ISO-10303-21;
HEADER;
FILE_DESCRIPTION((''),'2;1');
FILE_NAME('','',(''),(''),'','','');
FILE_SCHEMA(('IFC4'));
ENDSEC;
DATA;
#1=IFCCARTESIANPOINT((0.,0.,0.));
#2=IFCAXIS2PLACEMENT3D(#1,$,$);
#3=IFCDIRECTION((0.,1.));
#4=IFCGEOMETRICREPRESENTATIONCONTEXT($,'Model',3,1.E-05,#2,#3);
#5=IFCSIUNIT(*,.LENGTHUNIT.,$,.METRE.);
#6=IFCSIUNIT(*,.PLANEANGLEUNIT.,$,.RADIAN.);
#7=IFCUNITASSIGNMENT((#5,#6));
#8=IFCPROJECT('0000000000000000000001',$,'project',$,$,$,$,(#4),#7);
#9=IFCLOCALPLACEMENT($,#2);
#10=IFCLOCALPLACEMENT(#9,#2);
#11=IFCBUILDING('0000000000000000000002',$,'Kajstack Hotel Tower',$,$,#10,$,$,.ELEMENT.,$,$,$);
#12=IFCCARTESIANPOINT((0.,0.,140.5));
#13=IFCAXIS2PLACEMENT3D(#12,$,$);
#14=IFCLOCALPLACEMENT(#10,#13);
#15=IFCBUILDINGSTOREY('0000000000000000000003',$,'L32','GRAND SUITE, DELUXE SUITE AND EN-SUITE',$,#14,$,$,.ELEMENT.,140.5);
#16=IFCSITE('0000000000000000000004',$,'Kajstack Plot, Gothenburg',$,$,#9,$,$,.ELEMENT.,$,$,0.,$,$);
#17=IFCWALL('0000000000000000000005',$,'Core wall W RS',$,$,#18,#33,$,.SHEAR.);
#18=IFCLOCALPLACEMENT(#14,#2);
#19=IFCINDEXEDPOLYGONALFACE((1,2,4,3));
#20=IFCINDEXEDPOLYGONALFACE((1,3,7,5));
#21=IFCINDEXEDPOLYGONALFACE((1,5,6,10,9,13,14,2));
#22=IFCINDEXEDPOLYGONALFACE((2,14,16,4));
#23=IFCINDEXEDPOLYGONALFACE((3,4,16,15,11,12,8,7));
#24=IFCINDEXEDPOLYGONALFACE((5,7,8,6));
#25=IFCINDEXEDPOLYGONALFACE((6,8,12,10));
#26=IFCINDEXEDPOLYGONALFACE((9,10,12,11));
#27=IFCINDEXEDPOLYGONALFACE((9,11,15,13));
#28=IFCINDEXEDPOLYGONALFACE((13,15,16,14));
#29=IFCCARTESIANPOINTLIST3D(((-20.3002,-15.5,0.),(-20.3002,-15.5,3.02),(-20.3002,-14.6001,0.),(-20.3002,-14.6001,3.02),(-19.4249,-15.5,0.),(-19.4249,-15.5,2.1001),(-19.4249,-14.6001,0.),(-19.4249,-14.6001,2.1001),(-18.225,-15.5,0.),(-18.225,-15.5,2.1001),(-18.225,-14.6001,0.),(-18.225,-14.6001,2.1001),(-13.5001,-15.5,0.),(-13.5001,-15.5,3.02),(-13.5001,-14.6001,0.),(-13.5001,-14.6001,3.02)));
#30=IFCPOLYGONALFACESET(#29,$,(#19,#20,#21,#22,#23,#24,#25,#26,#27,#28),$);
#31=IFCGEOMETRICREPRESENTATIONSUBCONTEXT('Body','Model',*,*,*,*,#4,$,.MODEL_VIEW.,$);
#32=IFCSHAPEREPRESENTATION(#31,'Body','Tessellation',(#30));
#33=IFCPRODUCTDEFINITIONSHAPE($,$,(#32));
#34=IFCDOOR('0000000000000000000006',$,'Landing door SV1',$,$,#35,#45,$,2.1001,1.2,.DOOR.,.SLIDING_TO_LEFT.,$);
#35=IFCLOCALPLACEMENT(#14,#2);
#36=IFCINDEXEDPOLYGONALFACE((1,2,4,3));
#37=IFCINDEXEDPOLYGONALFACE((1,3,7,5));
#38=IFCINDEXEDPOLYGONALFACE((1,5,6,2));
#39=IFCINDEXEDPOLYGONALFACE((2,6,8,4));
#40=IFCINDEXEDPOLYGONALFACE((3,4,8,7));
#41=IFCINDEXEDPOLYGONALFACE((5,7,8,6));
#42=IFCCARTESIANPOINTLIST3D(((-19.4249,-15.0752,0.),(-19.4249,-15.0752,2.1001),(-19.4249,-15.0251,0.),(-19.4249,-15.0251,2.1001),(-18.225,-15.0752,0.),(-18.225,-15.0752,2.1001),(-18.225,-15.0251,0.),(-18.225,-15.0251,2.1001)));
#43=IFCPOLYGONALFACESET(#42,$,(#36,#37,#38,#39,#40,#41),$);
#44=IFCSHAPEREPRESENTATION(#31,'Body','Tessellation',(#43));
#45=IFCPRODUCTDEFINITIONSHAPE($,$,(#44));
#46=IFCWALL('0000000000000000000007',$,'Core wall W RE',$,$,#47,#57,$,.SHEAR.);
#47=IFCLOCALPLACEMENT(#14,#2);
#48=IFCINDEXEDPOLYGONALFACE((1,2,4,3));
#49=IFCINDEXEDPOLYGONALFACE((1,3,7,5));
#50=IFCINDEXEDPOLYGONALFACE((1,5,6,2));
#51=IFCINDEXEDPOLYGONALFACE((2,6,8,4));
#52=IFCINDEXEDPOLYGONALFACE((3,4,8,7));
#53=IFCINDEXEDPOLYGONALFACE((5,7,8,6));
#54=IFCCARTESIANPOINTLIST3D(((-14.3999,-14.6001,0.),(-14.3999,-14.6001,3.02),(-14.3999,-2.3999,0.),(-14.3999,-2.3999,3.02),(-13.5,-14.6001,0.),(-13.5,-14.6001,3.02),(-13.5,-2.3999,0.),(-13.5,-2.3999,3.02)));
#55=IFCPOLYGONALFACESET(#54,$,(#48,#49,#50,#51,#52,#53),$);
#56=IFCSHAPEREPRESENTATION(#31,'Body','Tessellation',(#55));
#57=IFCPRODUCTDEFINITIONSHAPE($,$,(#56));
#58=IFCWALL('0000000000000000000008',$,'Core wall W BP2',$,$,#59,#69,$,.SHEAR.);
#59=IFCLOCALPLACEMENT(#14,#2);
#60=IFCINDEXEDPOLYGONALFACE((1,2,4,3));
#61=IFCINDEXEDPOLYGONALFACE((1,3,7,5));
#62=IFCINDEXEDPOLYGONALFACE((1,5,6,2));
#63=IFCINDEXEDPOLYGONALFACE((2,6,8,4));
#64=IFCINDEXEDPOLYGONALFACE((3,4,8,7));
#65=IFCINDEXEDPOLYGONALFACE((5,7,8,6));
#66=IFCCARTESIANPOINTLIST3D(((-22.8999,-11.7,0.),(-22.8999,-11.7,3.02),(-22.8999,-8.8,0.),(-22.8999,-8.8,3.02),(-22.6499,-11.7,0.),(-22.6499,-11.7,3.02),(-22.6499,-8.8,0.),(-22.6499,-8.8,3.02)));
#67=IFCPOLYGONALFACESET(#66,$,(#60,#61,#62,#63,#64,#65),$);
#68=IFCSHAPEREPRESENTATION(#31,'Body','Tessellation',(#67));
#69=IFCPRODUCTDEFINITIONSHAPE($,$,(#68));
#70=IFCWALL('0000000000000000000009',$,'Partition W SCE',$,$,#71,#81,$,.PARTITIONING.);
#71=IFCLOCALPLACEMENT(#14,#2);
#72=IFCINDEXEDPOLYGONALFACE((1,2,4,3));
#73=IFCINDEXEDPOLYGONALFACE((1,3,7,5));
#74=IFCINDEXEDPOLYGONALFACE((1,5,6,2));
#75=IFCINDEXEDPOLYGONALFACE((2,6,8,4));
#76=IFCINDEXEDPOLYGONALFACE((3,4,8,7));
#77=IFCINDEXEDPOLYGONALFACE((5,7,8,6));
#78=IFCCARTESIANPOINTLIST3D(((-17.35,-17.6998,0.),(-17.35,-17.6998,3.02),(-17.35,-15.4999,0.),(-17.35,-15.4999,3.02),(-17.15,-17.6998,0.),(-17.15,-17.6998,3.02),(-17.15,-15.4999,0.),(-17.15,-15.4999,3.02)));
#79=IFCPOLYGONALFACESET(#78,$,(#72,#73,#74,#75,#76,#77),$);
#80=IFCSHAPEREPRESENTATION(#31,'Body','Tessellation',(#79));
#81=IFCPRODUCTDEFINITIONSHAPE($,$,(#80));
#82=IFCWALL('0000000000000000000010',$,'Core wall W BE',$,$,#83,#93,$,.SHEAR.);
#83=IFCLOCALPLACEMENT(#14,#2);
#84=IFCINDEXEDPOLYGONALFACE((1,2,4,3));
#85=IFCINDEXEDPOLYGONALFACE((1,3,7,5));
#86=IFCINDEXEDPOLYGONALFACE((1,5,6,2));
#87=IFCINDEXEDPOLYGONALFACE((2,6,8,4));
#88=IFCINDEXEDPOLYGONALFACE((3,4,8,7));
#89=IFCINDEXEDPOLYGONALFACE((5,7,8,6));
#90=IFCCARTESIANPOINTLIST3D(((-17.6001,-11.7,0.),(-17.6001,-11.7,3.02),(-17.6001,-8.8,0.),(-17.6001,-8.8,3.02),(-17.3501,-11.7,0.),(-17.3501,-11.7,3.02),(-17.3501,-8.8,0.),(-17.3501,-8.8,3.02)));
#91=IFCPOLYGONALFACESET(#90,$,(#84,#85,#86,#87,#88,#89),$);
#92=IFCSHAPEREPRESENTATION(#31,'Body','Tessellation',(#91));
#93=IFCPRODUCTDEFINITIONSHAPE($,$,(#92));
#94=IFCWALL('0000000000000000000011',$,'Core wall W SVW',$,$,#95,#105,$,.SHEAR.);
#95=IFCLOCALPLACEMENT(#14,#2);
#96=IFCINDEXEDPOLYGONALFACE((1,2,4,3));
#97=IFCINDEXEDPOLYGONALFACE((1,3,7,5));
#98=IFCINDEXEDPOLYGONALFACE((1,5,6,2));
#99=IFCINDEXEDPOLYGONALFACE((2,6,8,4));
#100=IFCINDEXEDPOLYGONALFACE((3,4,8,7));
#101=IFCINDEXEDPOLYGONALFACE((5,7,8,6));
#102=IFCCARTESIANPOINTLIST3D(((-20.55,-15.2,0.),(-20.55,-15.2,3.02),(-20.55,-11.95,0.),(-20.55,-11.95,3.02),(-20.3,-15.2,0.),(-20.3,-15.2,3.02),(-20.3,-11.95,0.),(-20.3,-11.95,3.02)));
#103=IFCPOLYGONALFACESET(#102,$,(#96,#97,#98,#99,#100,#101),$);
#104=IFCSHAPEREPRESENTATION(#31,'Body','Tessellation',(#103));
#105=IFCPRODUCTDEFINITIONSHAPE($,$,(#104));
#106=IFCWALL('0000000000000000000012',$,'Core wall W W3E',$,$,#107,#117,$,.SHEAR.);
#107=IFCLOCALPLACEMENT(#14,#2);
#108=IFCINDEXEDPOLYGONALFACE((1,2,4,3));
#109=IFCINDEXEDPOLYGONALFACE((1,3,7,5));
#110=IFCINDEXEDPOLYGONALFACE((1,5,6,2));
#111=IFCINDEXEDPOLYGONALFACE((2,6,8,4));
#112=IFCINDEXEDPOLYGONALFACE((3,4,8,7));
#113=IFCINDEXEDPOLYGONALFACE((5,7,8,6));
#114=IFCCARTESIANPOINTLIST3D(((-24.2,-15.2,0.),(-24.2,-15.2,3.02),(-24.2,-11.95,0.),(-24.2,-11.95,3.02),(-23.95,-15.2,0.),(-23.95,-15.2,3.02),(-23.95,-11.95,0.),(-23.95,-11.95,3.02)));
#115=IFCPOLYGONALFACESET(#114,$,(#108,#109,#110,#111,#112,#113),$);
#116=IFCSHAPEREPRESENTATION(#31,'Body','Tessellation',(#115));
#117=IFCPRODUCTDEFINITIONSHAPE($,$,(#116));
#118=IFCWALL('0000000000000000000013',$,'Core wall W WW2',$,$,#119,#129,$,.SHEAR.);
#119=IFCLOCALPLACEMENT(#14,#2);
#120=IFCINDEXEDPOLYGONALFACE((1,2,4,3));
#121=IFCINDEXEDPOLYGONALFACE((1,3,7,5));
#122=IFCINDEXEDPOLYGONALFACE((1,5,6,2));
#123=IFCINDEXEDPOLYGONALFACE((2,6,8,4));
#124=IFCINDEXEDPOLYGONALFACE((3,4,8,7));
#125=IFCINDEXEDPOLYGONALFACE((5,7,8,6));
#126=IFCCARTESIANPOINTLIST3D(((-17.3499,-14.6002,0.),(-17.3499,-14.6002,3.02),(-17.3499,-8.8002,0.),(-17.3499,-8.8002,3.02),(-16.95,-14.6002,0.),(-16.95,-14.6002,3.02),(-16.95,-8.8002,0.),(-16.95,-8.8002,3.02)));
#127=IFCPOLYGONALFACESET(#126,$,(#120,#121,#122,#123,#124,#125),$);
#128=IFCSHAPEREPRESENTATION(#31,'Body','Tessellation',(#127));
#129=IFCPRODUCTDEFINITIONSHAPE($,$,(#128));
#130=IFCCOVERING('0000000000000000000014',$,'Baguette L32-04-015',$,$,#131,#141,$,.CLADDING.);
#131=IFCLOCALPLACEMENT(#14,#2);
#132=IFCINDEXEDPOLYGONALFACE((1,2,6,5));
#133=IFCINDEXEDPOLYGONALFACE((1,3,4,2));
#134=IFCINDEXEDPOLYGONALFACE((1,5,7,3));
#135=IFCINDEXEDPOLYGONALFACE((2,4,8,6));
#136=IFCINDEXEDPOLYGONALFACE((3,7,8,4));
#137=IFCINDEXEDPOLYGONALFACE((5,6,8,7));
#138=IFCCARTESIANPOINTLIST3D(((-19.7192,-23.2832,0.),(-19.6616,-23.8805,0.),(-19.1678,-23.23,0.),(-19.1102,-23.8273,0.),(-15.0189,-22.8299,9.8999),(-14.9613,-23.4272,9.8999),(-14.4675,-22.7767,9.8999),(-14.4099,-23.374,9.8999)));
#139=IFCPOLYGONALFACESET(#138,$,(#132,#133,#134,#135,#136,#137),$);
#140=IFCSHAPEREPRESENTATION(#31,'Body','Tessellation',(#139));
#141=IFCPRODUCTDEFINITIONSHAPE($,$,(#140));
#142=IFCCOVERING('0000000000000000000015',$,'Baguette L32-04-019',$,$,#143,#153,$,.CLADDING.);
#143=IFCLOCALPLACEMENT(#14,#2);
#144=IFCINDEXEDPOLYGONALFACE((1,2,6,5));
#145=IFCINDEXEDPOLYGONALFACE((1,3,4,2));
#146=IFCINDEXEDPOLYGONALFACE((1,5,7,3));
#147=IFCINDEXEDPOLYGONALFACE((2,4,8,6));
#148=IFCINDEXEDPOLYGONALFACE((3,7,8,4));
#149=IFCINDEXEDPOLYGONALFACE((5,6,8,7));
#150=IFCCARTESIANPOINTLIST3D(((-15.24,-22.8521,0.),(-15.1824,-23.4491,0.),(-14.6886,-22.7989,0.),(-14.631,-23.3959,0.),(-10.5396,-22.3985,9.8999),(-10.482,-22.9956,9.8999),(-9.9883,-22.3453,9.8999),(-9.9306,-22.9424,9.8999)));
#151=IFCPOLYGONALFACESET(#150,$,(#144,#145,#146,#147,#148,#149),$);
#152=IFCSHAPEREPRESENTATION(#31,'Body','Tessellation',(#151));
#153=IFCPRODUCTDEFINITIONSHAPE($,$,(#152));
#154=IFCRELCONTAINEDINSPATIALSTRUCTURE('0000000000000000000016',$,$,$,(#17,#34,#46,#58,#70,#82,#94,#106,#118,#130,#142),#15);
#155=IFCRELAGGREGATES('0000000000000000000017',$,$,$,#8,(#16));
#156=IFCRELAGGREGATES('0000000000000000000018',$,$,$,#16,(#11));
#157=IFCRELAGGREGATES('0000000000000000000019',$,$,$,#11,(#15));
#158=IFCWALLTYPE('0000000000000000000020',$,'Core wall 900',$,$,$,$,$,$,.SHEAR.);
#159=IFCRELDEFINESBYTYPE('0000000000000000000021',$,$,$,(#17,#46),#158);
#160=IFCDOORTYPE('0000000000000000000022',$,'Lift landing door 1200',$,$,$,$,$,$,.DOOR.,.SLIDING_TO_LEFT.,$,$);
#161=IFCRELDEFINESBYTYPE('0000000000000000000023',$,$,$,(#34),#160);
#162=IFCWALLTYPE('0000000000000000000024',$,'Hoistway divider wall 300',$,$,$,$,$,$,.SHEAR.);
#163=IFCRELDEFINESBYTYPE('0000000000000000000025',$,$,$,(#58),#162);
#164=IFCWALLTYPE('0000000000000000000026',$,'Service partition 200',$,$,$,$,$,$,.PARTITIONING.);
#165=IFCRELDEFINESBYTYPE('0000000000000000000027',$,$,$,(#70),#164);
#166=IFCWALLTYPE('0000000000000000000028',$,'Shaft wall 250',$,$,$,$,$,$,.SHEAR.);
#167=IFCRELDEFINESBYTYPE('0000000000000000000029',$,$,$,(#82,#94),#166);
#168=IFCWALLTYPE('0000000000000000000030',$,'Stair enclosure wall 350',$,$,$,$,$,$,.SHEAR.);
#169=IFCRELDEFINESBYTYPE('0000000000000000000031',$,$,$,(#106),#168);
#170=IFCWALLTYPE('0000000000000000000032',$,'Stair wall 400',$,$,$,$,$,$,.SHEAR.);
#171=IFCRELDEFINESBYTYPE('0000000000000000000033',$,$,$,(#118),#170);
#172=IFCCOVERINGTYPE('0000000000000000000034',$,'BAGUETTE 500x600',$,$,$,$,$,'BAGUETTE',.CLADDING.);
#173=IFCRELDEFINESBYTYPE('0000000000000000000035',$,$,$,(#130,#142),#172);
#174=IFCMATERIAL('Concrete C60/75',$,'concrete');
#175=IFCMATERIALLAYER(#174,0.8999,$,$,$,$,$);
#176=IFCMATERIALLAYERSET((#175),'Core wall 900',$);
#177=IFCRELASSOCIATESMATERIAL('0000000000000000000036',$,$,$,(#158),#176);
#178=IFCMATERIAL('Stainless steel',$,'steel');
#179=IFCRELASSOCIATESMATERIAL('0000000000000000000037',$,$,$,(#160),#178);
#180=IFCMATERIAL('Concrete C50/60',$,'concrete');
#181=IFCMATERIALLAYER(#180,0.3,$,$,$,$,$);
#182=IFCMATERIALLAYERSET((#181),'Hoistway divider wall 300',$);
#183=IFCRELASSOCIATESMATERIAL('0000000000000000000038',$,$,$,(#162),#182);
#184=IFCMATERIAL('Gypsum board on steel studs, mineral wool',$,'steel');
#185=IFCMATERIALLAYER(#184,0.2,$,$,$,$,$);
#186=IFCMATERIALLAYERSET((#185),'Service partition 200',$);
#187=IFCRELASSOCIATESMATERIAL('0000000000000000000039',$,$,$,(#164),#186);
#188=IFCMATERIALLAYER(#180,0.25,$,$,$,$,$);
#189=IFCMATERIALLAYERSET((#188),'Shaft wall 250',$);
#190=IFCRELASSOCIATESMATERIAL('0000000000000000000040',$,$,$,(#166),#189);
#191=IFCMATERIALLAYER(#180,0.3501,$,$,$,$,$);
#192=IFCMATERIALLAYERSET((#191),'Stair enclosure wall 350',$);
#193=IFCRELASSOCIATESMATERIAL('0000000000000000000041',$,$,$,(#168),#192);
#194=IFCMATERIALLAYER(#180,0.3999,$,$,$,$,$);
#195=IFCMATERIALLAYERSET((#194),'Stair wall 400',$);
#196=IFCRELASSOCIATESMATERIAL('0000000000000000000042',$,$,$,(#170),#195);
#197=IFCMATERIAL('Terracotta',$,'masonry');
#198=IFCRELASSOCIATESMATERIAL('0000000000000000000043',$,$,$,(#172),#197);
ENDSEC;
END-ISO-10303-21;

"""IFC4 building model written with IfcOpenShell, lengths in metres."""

from ifc_helpers import new_model, si_unit, direction, frame, frame_2d, origin, origin_2d, place, context, subcontext, project, spatial, polyline, rectangle, outline, extrude, material, layer, layer_set, material_profile, profile_set, type_object, element, fill, save


model = new_model("IFC4")

# Units and contexts
model_context = context("Model", 3, precision=1e-05, world=origin(), true_north=direction((0.0, 1.0)))
body_context = subcontext(model_context, "Body", "Model", "MODEL_VIEW")
ifc_project = project(units=[si_unit("LENGTHUNIT", "METRE"), si_unit("PLANEANGLEUNIT", "RADIAN")], contexts=[model_context])

# Site, building, storey
site_placement = place(None, origin())
site = spatial("IfcSite", under=ifc_project, at=site_placement, Name="Kajstack Plot, Gothenburg", CompositionType="ELEMENT", RefElevation=0.0)
building_placement = place(site_placement, origin())
building = spatial("IfcBuilding", under=site, at=building_placement, Name="Kajstack Hotel Tower", CompositionType="ELEMENT")
storey_placement = place(building_placement, frame((0.0, 0.0, 140.5)))
storey = spatial("IfcBuildingStorey", under=building, at=storey_placement, Name="L32", Description="GRAND SUITE, DELUXE SUITE AND EN-SUITE", CompositionType="ELEMENT", Elevation=140.5)

# Wall, opening, door
ifc_material_1 = material(Name="Concrete C60/75", Category="concrete")
ifc_layer_1 = layer(ifc_material_1, 0.8999)
ifc_layer_set_1 = layer_set([ifc_layer_1], Name="Core wall 900")
wall_type_1 = type_object("IfcWallType", Name="Core wall 900", PredefinedType="SHEAR", material=ifc_layer_set_1)
wall_1_placement = place(storey_placement, frame((-20.3, -15.05, 0.0), z_axis=(0.0, 0.0, 1.0), x_axis=(1.0, 0.0, 0.0)))
wall_1 = element("IfcWall", 1, at=wall_1_placement, inside=storey, type_object=wall_type_1, Name="Core wall W RS", PredefinedType="SHEAR", context=body_context, shape_type="SweptSolid", body=[
    extrude(rectangle(XDim=6.8, YDim=0.8999, at=frame_2d((3.3999, 0.0))), origin(), (0.0, 0.0, 1.0), 3.02),
])
opening_placement = place(wall_1_placement, frame((0.875, 0.0, 0.0)))
opening = element("IfcOpeningElement", 2, at=opening_placement, cuts=wall_1, PredefinedType="OPENING", context=body_context, shape_type="SweptSolid", body=[
    extrude(rectangle(XDim=1.2, YDim=2.1001, at=frame_2d((0.6001, 1.05))), frame((0.0, 0.46, 0.0), z_axis=(0.0, -1.0, 0.0), x_axis=(1.0, 0.0, 0.0)), (0.0, 0.0, 1.0), 0.9199),
])
ifc_material_2 = material(Name="Stainless steel", Category="steel")
door_type = type_object("IfcDoorType", Name="Lift landing door 1200", OperationType="SLIDING_TO_LEFT", PredefinedType="DOOR", material=ifc_material_2)
door_placement = place(opening_placement, origin())
door = element("IfcDoor", 3, at=door_placement, inside=storey, type_object=door_type, Name="Landing door SV1", OperationType="SLIDING_TO_LEFT", OverallHeight=2.1001, OverallWidth=1.2, PredefinedType="DOOR", context=body_context, shape_type="SweptSolid", body=[
    extrude(rectangle(XDim=1.2, YDim=2.1001, at=frame_2d((0.6001, 1.05))), frame((0.0, 0.0249, 0.0), z_axis=(0.0, -1.0, 0.0), x_axis=(1.0, 0.0, 0.0)), (0.0, 0.0, 1.0), 0.05),
])
fill(opening, door)

# Walls
wall_2_placement = place(storey_placement, frame((-13.95, -14.6001, 0.0), z_axis=(0.0, 0.0, 1.0), x_axis=(0.0, 1.0, 0.0)))
element("IfcWall", 4, at=wall_2_placement, inside=storey, type_object=wall_type_1, Name="Core wall W RE", PredefinedType="SHEAR", context=body_context, shape_type="SweptSolid", body=[
    extrude(rectangle(XDim=12.2002, YDim=0.8999, at=frame_2d((6.1001, 0.0))), origin(), (0.0, 0.0, 1.0), 3.02),
])
ifc_material_3 = material(Name="Concrete C50/60", Category="concrete")
ifc_layer_2 = layer(ifc_material_3, 0.3)
ifc_layer_set_2 = layer_set([ifc_layer_2], Name="Hoistway divider wall 300")
wall_type_2 = type_object("IfcWallType", Name="Hoistway divider wall 300", PredefinedType="SHEAR", material=ifc_layer_set_2)
wall_3_placement = place(storey_placement, frame((-22.7749, -11.7, 0.0), z_axis=(0.0, 0.0, 1.0), x_axis=(0.0, 1.0, 0.0)))
element("IfcWall", 5, at=wall_3_placement, inside=storey, type_object=wall_type_2, Name="Core wall W BP2", PredefinedType="SHEAR", context=body_context, shape_type="SweptSolid", body=[
    extrude(rectangle(XDim=2.8999, YDim=0.25, at=frame_2d((1.45, 0.0))), origin(), (0.0, 0.0, 1.0), 3.02),
])
ifc_material_4 = material(Name="Gypsum board on steel studs, mineral wool", Category="steel")
ifc_layer_3 = layer(ifc_material_4, 0.2)
ifc_layer_set_3 = layer_set([ifc_layer_3], Name="Service partition 200")
wall_type_3 = type_object("IfcWallType", Name="Service partition 200", PredefinedType="PARTITIONING", material=ifc_layer_set_3)
wall_4_placement = place(storey_placement, frame((-17.25, -17.7, 0.0), z_axis=(0.0, 0.0, 1.0), x_axis=(0.0, 1.0, 0.0)))
element("IfcWall", 6, at=wall_4_placement, inside=storey, type_object=wall_type_3, Name="Partition W SCE", PredefinedType="PARTITIONING", context=body_context, shape_type="SweptSolid", body=[
    extrude(rectangle(XDim=2.2, YDim=0.2, at=frame_2d((1.1001, 0.0))), origin(), (0.0, 0.0, 1.0), 3.02),
])
ifc_layer_4 = layer(ifc_material_3, 0.25)
ifc_layer_set_4 = layer_set([ifc_layer_4], Name="Shaft wall 250")
wall_type_4 = type_object("IfcWallType", Name="Shaft wall 250", PredefinedType="SHEAR", material=ifc_layer_set_4)
wall_5_placement = place(storey_placement, frame((-17.4751, -11.7, 0.0), z_axis=(0.0, 0.0, 1.0), x_axis=(0.0, 1.0, 0.0)))
element("IfcWall", 7, at=wall_5_placement, inside=storey, type_object=wall_type_4, Name="Core wall W BE", PredefinedType="SHEAR", context=body_context, shape_type="SweptSolid", body=[
    extrude(rectangle(XDim=2.8999, YDim=0.25, at=frame_2d((1.45, 0.0))), origin(), (0.0, 0.0, 1.0), 3.02),
])
wall_6_placement = place(storey_placement, frame((-20.425, -15.2, 0.0), z_axis=(0.0, 0.0, 1.0), x_axis=(0.0, 1.0, 0.0)))
element("IfcWall", 8, at=wall_6_placement, inside=storey, type_object=wall_type_4, Name="Core wall W SVW", PredefinedType="SHEAR", context=body_context, shape_type="SweptSolid", body=[
    extrude(rectangle(XDim=3.25, YDim=0.25, at=frame_2d((1.625, 0.0))), origin(), (0.0, 0.0, 1.0), 3.02),
])
ifc_layer_5 = layer(ifc_material_3, 0.3501)
ifc_layer_set_5 = layer_set([ifc_layer_5], Name="Stair enclosure wall 350")
wall_type_5 = type_object("IfcWallType", Name="Stair enclosure wall 350", PredefinedType="SHEAR", material=ifc_layer_set_5)
wall_7_placement = place(storey_placement, frame((-24.075, -15.2, 0.0), z_axis=(0.0, 0.0, 1.0), x_axis=(0.0, 1.0, 0.0)))
element("IfcWall", 9, at=wall_7_placement, inside=storey, type_object=wall_type_5, Name="Core wall W W3E", PredefinedType="SHEAR", context=body_context, shape_type="SweptSolid", body=[
    extrude(rectangle(XDim=3.25, YDim=0.25, at=frame_2d((1.625, 0.0))), origin(), (0.0, 0.0, 1.0), 3.02),
])
ifc_layer_6 = layer(ifc_material_3, 0.3999)
ifc_layer_set_6 = layer_set([ifc_layer_6], Name="Stair wall 400")
wall_type_6 = type_object("IfcWallType", Name="Stair wall 400", PredefinedType="SHEAR", material=ifc_layer_set_6)
wall_8_placement = place(storey_placement, frame((-17.1499, -14.6001, 0.0), z_axis=(0.0, 0.0, 1.0), x_axis=(0.0, 1.0, 0.0)))
element("IfcWall", 10, at=wall_8_placement, inside=storey, type_object=wall_type_6, Name="Core wall W WW2", PredefinedType="SHEAR", context=body_context, shape_type="SweptSolid", body=[
    extrude(rectangle(XDim=5.8, YDim=0.3999, at=frame_2d((2.8999, 0.0))), origin(), (0.0, 0.0, 1.0), 3.02),
])

# Coverings
ifc_material_5 = material(Name="Terracotta", Category="masonry")
ifc_material_profile = material_profile(ifc_material_5, rectangle(XDim=0.6001, YDim=0.5, at=origin_2d()), Name="Terracotta-clad concrete baguette 500 x 600")
ifc_profile_set = profile_set([ifc_material_profile], Name="Terracotta")
covering_type = type_object("IfcCoveringType", Name="BAGUETTE 500x600", ElementType="BAGUETTE", PredefinedType="CLADDING", material=ifc_profile_set)
covering_1_placement = place(storey_placement, frame((-19.7192, -23.2832, 0.0), z_axis=(0.095999, -0.995381, 0.0), x_axis=(0.995381, 0.095999, 0.0)))
element("IfcCovering", 11, at=covering_1_placement, inside=storey, type_object=covering_type, Name="Baguette L32-04-015", PredefinedType="CLADDING", context=body_context, shape_type="SweptSolid", body=[
    extrude(outline(polyline([(4.7222, 9.8999), (0.0, 0.0), (0.554, 0.0), (5.2761, 9.8999), (4.7222, 9.8999)])), origin(), (0.0, 0.0, 1.0), 0.6001),
])
covering_2_placement = place(storey_placement, frame((-15.24, -22.8521, 0.0), z_axis=(0.096038, -0.995378, 0.0), x_axis=(0.995378, 0.096038, 0.0)))
element("IfcCovering", 12, at=covering_2_placement, inside=storey, type_object=covering_type, Name="Baguette L32-04-019", PredefinedType="CLADDING", context=body_context, shape_type="SweptSolid", body=[
    extrude(outline(polyline([(4.7222, 9.8999), (0.0, 0.0), (0.554, 0.0), (5.2761, 9.8999), (4.7222, 9.8999)])), origin(), (0.0, 0.0, 1.0), 0.5999),
])

save(model, "model.ifc")
